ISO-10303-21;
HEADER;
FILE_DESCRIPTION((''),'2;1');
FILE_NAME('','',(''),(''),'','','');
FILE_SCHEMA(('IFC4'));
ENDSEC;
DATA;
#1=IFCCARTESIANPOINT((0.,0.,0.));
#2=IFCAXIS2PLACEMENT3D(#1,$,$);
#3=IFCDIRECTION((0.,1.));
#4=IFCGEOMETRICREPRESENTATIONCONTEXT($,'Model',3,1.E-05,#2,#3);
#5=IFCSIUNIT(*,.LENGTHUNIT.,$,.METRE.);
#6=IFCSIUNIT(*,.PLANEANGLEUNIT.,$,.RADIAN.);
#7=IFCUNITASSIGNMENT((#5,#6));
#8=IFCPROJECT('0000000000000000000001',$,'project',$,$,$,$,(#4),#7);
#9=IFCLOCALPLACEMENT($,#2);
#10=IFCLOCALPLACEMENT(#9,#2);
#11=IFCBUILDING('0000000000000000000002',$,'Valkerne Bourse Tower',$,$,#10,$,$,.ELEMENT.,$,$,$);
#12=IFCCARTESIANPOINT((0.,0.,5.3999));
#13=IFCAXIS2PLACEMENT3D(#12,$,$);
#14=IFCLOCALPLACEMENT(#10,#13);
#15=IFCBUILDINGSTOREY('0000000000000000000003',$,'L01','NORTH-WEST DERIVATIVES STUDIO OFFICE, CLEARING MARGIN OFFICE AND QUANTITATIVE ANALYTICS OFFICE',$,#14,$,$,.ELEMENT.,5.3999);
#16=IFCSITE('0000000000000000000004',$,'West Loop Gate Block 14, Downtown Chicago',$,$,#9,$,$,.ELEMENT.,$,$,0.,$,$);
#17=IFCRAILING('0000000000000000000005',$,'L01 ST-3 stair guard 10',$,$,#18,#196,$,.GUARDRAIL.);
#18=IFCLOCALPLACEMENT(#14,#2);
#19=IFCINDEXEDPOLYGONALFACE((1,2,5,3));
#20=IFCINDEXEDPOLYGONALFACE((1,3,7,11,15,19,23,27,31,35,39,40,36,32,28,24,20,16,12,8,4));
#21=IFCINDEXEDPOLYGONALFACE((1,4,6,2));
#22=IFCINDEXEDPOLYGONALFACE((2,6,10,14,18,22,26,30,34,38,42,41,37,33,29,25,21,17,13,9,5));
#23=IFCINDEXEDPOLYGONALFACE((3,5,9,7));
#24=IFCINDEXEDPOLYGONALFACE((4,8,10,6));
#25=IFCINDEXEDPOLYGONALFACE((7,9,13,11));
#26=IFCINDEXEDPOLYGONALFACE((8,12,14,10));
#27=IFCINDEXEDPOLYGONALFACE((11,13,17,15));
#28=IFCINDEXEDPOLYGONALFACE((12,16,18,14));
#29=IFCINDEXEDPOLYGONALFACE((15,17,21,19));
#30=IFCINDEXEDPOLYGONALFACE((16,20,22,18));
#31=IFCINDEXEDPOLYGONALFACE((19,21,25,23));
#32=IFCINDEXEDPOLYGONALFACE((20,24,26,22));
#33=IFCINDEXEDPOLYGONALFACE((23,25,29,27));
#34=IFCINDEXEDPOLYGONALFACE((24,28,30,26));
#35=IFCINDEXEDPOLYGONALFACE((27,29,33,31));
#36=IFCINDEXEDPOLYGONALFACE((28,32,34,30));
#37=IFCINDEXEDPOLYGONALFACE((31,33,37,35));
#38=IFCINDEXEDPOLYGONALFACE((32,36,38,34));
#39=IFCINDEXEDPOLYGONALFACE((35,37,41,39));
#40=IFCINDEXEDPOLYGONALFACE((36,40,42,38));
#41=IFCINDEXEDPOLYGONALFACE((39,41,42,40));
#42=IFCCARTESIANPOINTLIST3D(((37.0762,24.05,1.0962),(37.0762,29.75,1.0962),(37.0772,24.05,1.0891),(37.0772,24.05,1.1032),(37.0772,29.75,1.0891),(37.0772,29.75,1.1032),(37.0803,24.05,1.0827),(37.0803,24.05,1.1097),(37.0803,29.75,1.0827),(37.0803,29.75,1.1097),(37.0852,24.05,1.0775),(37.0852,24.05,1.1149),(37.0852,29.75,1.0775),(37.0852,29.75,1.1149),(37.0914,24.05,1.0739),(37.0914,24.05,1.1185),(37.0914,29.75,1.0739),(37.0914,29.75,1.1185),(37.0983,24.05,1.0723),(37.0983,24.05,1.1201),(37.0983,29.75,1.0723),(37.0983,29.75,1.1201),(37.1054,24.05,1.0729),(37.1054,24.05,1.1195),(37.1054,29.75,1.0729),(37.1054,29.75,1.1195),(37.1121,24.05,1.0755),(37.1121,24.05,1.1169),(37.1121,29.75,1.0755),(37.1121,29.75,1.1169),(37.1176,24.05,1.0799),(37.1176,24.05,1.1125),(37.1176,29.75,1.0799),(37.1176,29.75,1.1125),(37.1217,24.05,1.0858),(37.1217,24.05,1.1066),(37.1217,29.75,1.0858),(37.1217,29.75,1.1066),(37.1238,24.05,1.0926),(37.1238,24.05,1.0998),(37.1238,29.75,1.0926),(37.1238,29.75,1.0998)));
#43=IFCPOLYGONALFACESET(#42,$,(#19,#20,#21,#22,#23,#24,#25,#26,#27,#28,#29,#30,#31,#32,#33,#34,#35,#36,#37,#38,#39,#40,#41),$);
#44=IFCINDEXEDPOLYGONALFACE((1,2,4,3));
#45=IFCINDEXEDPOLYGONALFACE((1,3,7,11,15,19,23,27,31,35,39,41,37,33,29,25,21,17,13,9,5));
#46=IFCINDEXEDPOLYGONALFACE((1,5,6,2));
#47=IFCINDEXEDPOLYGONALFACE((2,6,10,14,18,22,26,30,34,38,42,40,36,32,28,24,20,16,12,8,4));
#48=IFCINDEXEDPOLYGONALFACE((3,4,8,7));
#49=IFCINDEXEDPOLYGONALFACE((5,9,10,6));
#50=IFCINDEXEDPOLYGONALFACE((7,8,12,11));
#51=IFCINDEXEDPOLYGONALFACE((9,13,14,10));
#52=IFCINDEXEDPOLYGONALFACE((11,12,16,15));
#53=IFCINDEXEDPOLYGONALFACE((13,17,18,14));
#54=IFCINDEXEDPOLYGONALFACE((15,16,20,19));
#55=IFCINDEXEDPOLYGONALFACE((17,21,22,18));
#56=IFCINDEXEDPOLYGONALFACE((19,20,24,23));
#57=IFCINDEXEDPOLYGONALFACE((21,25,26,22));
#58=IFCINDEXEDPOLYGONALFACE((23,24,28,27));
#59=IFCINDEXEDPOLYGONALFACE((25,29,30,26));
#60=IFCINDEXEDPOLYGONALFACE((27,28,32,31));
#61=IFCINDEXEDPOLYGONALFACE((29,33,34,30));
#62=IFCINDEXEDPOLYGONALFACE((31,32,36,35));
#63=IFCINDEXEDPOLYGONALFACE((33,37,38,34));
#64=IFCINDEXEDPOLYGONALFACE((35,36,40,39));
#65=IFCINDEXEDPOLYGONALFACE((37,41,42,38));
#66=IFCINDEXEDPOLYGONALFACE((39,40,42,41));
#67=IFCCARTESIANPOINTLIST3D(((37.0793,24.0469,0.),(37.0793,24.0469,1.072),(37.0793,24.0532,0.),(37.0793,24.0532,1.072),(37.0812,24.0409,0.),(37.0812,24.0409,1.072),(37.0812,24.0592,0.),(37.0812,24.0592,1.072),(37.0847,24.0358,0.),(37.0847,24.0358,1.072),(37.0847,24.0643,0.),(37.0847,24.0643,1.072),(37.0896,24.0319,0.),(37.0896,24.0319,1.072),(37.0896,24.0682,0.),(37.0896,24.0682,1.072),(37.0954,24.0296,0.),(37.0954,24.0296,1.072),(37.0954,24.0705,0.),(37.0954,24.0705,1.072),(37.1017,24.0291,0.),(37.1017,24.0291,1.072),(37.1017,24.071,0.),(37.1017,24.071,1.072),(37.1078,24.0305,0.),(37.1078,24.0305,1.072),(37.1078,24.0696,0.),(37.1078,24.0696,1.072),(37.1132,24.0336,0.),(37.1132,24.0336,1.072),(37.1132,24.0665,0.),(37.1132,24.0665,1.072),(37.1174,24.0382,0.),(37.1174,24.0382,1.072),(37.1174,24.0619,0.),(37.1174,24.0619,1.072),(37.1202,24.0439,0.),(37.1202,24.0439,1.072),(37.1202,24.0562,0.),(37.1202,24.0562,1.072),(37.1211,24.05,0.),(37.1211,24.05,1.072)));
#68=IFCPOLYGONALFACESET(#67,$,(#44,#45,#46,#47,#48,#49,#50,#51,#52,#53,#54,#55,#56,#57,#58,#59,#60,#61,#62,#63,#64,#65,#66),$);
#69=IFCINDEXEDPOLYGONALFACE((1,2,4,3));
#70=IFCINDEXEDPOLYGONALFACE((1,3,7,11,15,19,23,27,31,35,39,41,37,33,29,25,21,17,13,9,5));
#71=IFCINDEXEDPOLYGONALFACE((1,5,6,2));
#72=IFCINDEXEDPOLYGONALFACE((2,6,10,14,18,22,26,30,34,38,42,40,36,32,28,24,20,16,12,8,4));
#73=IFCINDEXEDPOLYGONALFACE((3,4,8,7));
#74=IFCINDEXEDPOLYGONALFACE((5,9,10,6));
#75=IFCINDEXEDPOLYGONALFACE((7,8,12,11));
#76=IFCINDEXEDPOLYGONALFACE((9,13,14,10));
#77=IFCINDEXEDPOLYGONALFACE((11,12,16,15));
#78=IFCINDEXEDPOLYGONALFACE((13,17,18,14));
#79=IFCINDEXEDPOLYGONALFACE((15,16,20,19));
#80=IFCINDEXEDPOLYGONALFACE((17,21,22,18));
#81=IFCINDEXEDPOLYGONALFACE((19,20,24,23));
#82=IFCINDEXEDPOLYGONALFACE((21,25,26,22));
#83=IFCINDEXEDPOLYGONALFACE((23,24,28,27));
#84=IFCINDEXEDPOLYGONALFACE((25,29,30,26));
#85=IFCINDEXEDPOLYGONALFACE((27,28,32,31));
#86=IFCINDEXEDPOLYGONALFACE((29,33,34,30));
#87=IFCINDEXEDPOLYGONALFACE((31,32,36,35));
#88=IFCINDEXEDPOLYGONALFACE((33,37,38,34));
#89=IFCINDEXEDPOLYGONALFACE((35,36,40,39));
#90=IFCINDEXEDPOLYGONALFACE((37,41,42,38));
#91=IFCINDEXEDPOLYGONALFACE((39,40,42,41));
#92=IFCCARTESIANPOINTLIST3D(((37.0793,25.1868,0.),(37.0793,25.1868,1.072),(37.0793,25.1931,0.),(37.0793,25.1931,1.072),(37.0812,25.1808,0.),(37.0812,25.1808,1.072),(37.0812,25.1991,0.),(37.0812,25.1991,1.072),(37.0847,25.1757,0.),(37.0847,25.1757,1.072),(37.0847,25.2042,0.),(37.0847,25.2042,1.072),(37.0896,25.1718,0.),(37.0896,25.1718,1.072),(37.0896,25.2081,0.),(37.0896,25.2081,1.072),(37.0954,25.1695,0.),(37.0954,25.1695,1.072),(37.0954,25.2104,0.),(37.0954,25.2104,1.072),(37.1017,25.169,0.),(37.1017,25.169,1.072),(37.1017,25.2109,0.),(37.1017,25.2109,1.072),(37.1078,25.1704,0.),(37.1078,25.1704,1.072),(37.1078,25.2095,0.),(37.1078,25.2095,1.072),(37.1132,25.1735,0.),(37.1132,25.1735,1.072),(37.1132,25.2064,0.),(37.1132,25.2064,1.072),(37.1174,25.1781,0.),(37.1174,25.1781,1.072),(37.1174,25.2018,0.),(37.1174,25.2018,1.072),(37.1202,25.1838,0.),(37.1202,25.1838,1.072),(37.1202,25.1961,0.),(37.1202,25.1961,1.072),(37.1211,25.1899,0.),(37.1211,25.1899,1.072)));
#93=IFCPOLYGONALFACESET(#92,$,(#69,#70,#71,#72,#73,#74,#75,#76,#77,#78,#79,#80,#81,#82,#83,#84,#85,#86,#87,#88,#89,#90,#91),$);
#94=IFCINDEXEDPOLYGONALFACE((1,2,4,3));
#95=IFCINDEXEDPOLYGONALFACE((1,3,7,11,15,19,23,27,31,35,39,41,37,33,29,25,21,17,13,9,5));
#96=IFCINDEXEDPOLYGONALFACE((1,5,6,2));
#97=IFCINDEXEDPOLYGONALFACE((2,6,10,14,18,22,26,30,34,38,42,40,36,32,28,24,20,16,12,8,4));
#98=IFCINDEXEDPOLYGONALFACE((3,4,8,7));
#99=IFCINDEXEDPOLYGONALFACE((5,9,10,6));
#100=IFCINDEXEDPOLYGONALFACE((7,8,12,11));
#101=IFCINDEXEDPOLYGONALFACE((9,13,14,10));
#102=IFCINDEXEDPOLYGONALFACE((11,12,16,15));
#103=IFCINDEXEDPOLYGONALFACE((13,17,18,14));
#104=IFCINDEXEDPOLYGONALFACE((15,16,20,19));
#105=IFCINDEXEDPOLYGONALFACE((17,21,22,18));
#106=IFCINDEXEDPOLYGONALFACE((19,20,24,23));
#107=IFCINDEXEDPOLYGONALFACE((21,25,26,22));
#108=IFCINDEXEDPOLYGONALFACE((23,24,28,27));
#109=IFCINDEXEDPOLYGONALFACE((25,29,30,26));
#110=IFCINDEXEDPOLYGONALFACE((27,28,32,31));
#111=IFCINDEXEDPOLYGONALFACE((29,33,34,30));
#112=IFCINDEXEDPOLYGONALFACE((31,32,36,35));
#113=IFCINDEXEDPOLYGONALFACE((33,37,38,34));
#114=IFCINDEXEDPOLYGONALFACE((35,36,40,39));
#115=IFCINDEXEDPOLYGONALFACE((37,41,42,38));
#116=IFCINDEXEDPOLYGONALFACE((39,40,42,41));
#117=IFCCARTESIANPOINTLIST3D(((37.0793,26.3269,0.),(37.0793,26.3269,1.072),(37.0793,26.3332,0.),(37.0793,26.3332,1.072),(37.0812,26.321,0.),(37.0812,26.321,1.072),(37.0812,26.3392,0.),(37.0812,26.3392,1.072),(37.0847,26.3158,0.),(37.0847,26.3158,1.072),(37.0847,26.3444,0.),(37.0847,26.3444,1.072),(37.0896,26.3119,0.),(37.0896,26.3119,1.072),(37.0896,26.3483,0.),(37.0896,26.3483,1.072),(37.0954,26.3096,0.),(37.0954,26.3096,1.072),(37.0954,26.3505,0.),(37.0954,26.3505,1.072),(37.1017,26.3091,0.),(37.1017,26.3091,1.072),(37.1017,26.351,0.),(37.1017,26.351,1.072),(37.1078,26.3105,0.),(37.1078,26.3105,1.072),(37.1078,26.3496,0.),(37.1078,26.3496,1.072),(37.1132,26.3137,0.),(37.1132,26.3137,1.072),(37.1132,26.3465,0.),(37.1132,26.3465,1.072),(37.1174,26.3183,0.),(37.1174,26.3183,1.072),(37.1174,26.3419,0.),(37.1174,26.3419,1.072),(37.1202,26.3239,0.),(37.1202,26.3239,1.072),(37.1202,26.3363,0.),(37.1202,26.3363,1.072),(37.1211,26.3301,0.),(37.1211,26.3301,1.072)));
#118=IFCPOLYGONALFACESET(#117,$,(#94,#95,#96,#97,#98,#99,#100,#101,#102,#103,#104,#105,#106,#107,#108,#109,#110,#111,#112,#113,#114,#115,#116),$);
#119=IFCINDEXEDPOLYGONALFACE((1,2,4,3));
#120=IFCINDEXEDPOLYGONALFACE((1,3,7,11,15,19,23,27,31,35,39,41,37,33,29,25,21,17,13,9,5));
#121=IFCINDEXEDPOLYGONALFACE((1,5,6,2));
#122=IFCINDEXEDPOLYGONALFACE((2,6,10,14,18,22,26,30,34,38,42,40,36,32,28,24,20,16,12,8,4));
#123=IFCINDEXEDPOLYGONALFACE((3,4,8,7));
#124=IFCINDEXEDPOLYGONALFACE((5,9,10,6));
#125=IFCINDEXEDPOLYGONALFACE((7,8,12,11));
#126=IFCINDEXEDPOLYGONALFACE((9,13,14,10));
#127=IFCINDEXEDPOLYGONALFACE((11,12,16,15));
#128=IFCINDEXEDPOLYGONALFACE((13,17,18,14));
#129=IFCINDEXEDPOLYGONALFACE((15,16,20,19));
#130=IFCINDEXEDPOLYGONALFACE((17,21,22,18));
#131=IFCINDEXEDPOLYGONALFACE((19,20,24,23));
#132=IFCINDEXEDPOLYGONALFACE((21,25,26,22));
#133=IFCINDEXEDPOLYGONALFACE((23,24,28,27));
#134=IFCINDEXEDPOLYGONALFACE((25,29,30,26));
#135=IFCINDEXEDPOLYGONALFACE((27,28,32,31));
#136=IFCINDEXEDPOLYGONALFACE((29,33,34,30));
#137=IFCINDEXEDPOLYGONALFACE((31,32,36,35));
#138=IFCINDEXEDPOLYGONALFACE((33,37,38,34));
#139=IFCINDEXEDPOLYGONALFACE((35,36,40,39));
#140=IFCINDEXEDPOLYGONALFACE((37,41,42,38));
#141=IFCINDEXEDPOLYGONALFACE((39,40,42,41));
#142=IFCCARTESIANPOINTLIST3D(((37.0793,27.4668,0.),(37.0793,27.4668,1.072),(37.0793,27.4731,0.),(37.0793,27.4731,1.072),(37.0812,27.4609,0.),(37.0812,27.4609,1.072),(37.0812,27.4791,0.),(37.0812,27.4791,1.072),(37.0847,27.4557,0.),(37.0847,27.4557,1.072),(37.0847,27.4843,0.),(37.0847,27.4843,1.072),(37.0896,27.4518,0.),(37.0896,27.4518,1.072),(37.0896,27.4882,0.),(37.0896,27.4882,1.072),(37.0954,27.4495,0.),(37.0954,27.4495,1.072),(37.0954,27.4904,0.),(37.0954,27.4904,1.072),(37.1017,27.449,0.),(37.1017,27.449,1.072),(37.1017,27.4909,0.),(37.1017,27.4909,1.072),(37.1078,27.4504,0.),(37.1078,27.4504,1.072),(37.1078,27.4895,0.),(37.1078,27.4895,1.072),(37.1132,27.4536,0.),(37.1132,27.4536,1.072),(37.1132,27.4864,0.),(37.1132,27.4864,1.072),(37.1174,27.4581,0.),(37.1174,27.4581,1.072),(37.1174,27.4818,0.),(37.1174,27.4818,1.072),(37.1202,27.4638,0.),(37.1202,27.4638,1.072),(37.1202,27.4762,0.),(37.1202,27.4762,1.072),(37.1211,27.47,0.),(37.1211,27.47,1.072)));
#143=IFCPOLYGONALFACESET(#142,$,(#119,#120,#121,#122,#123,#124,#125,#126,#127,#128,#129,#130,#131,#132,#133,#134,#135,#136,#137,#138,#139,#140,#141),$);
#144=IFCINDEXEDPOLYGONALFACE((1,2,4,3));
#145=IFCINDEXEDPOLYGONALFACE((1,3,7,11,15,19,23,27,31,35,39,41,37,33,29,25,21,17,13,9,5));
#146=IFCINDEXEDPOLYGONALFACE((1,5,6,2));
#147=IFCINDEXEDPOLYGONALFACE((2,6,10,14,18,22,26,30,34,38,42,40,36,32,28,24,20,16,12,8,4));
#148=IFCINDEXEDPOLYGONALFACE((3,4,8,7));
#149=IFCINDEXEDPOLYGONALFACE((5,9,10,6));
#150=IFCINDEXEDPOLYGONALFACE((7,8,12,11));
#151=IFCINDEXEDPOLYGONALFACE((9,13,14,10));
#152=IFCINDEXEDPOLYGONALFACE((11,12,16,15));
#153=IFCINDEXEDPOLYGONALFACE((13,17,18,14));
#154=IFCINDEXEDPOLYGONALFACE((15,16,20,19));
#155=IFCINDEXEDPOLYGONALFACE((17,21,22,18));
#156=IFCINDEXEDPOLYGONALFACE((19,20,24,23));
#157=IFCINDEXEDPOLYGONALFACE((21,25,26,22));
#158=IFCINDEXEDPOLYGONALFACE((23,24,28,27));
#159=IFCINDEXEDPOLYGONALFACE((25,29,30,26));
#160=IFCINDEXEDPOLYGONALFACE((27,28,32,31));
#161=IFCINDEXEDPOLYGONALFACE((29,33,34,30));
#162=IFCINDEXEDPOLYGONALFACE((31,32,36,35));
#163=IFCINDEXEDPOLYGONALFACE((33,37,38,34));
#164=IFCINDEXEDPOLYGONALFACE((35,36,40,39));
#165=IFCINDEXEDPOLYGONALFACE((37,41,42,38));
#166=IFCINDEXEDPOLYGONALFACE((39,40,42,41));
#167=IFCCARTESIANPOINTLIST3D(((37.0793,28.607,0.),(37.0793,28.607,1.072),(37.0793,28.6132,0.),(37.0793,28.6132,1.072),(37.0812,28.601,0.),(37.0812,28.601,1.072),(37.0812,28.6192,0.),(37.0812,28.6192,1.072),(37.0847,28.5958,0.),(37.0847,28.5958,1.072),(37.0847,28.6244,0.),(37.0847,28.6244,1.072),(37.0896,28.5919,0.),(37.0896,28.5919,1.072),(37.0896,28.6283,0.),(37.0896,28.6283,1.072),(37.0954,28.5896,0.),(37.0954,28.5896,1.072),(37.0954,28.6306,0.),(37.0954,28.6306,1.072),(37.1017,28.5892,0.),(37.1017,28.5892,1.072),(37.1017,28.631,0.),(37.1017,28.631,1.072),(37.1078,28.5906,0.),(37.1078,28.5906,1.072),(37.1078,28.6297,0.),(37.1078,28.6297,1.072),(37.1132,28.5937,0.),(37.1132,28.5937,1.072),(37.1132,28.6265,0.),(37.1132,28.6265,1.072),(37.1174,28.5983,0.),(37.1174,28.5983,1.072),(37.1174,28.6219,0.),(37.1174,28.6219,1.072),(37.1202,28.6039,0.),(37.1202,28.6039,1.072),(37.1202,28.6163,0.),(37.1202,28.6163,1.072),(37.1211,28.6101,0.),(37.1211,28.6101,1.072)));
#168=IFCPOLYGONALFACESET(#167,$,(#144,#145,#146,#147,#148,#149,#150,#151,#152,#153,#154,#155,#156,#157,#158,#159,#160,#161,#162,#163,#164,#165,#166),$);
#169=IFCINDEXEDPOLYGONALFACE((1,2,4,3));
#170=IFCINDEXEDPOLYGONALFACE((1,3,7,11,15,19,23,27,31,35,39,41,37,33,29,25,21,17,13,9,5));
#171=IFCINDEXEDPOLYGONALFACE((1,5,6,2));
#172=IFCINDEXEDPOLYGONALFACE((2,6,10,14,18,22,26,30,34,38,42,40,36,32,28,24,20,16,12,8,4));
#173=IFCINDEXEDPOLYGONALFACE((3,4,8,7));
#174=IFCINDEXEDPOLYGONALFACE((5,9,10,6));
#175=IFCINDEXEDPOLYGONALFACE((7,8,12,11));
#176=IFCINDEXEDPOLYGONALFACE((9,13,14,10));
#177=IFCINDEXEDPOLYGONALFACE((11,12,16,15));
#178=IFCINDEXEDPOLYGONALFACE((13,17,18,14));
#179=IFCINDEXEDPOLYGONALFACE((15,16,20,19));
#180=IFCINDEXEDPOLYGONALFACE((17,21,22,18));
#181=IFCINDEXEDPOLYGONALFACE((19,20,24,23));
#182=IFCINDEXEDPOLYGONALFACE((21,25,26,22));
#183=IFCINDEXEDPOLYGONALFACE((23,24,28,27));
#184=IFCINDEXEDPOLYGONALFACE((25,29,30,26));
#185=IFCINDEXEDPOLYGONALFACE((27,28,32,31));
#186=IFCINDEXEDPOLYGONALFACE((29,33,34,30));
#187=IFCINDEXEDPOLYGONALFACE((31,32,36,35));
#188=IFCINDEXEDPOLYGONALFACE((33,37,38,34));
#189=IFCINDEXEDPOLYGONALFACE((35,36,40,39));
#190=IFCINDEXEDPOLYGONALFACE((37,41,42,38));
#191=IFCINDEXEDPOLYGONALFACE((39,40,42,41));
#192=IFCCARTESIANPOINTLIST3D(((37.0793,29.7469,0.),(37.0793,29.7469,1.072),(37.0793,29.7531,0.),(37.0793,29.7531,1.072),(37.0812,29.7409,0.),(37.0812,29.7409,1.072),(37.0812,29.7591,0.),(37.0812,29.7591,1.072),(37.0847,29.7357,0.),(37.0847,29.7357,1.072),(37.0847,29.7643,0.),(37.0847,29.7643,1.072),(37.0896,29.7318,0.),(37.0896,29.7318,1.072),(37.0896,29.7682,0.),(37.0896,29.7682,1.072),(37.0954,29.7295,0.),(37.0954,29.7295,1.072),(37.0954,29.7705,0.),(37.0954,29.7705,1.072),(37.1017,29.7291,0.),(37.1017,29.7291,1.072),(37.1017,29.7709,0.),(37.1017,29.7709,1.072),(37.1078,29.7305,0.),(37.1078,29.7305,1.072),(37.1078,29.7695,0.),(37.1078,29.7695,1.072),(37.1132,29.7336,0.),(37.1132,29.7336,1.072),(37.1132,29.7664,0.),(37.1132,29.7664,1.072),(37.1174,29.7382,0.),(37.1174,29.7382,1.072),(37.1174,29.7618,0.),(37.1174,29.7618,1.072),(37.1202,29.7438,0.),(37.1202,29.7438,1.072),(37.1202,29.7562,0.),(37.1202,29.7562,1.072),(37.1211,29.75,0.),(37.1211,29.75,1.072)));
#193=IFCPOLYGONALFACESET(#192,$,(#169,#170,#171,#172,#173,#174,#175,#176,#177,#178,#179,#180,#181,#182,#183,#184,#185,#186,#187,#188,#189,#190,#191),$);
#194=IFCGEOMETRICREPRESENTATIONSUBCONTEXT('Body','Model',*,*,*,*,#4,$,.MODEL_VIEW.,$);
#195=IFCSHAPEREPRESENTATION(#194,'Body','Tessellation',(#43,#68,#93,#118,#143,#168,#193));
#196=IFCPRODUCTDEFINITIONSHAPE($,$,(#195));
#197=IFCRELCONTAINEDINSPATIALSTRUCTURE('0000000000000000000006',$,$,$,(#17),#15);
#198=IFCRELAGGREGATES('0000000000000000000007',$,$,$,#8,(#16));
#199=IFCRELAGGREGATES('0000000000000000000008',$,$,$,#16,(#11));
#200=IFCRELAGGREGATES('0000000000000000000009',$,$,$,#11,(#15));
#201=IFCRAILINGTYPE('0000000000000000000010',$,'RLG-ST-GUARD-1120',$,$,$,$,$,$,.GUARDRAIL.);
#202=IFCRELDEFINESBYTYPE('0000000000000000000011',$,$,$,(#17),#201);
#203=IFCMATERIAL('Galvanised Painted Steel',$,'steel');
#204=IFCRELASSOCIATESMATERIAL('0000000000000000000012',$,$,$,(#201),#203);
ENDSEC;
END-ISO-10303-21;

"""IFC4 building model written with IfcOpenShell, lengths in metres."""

from ifc_helpers import new_model, si_unit, direction, frame, origin, origin_2d, place, context, subcontext, project, spatial, circle, extrude, material, type_object, element, save


model = new_model("IFC4")

# Units and contexts
model_context = context("Model", 3, precision=1e-05, world=origin(), true_north=direction((0.0, 1.0)))
body_context = subcontext(model_context, "Body", "Model", "MODEL_VIEW")
ifc_project = project(units=[si_unit("LENGTHUNIT", "METRE"), si_unit("PLANEANGLEUNIT", "RADIAN")], contexts=[model_context])

# Site, building, storey
site_placement = place(None, origin())
site = spatial("IfcSite", under=ifc_project, at=site_placement, Name="West Loop Gate Block 14, Downtown Chicago", CompositionType="ELEMENT", RefElevation=0.0)
building_placement = place(site_placement, origin())
building = spatial("IfcBuilding", under=site, at=building_placement, Name="Valkerne Bourse Tower", CompositionType="ELEMENT")
storey_placement = place(building_placement, frame((0.0, 0.0, 5.3999)))
storey = spatial("IfcBuildingStorey", under=building, at=storey_placement, Name="L01", Description="NORTH-WEST DERIVATIVES STUDIO OFFICE, CLEARING MARGIN OFFICE AND QUANTITATIVE ANALYTICS OFFICE", CompositionType="ELEMENT", Elevation=5.3999)

# Shared definitions
ifc_material_1 = material(Name="Galvanised Painted Steel", Category="steel")

# Railing
railing_type_1 = type_object("IfcRailingType", Name="RLG-ST-GUARD-1120", PredefinedType="GUARDRAIL", material=ifc_material_1)
for number, where, name in (
    (1, (37.1001, 24.05, 0.0), "L01 ST-3 stair guard 10"),
):
    element("IfcRailing", number, at=place(storey_placement, frame(where)), inside=storey, type_object=railing_type_1, Name=name, PredefinedType="GUARDRAIL", context=body_context, shape_type="SweptSolid", body=[
        extrude(circle(Radius=0.0239, at=origin_2d()), frame((0.0, 0.0, 1.0962), z_axis=(0.0, 1.0, 0.0), x_axis=(-1.0, 0.0, 0.0)), (0.0, 0.0, 1.0), 5.7),
        extrude(circle(Radius=0.021, at=origin_2d()), origin(), (0.0, 0.0, 1.0), 1.072),
        extrude(circle(Radius=0.021, at=origin_2d()), frame((0.0, 1.1399, 0.0)), (0.0, 0.0, 1.0), 1.072),
        extrude(circle(Radius=0.021, at=origin_2d()), frame((0.0, 2.28, 0.0)), (0.0, 0.0, 1.0), 1.072),
        extrude(circle(Radius=0.021, at=origin_2d()), frame((0.0, 3.4199, 0.0)), (0.0, 0.0, 1.0), 1.072),
        extrude(circle(Radius=0.021, at=origin_2d()), frame((0.0, 4.5601, 0.0)), (0.0, 0.0, 1.0), 1.072),
        extrude(circle(Radius=0.021, at=origin_2d()), frame((0.0, 5.7, 0.0)), (0.0, 0.0, 1.0), 1.072),
    ])

save(model, "model.ifc")
